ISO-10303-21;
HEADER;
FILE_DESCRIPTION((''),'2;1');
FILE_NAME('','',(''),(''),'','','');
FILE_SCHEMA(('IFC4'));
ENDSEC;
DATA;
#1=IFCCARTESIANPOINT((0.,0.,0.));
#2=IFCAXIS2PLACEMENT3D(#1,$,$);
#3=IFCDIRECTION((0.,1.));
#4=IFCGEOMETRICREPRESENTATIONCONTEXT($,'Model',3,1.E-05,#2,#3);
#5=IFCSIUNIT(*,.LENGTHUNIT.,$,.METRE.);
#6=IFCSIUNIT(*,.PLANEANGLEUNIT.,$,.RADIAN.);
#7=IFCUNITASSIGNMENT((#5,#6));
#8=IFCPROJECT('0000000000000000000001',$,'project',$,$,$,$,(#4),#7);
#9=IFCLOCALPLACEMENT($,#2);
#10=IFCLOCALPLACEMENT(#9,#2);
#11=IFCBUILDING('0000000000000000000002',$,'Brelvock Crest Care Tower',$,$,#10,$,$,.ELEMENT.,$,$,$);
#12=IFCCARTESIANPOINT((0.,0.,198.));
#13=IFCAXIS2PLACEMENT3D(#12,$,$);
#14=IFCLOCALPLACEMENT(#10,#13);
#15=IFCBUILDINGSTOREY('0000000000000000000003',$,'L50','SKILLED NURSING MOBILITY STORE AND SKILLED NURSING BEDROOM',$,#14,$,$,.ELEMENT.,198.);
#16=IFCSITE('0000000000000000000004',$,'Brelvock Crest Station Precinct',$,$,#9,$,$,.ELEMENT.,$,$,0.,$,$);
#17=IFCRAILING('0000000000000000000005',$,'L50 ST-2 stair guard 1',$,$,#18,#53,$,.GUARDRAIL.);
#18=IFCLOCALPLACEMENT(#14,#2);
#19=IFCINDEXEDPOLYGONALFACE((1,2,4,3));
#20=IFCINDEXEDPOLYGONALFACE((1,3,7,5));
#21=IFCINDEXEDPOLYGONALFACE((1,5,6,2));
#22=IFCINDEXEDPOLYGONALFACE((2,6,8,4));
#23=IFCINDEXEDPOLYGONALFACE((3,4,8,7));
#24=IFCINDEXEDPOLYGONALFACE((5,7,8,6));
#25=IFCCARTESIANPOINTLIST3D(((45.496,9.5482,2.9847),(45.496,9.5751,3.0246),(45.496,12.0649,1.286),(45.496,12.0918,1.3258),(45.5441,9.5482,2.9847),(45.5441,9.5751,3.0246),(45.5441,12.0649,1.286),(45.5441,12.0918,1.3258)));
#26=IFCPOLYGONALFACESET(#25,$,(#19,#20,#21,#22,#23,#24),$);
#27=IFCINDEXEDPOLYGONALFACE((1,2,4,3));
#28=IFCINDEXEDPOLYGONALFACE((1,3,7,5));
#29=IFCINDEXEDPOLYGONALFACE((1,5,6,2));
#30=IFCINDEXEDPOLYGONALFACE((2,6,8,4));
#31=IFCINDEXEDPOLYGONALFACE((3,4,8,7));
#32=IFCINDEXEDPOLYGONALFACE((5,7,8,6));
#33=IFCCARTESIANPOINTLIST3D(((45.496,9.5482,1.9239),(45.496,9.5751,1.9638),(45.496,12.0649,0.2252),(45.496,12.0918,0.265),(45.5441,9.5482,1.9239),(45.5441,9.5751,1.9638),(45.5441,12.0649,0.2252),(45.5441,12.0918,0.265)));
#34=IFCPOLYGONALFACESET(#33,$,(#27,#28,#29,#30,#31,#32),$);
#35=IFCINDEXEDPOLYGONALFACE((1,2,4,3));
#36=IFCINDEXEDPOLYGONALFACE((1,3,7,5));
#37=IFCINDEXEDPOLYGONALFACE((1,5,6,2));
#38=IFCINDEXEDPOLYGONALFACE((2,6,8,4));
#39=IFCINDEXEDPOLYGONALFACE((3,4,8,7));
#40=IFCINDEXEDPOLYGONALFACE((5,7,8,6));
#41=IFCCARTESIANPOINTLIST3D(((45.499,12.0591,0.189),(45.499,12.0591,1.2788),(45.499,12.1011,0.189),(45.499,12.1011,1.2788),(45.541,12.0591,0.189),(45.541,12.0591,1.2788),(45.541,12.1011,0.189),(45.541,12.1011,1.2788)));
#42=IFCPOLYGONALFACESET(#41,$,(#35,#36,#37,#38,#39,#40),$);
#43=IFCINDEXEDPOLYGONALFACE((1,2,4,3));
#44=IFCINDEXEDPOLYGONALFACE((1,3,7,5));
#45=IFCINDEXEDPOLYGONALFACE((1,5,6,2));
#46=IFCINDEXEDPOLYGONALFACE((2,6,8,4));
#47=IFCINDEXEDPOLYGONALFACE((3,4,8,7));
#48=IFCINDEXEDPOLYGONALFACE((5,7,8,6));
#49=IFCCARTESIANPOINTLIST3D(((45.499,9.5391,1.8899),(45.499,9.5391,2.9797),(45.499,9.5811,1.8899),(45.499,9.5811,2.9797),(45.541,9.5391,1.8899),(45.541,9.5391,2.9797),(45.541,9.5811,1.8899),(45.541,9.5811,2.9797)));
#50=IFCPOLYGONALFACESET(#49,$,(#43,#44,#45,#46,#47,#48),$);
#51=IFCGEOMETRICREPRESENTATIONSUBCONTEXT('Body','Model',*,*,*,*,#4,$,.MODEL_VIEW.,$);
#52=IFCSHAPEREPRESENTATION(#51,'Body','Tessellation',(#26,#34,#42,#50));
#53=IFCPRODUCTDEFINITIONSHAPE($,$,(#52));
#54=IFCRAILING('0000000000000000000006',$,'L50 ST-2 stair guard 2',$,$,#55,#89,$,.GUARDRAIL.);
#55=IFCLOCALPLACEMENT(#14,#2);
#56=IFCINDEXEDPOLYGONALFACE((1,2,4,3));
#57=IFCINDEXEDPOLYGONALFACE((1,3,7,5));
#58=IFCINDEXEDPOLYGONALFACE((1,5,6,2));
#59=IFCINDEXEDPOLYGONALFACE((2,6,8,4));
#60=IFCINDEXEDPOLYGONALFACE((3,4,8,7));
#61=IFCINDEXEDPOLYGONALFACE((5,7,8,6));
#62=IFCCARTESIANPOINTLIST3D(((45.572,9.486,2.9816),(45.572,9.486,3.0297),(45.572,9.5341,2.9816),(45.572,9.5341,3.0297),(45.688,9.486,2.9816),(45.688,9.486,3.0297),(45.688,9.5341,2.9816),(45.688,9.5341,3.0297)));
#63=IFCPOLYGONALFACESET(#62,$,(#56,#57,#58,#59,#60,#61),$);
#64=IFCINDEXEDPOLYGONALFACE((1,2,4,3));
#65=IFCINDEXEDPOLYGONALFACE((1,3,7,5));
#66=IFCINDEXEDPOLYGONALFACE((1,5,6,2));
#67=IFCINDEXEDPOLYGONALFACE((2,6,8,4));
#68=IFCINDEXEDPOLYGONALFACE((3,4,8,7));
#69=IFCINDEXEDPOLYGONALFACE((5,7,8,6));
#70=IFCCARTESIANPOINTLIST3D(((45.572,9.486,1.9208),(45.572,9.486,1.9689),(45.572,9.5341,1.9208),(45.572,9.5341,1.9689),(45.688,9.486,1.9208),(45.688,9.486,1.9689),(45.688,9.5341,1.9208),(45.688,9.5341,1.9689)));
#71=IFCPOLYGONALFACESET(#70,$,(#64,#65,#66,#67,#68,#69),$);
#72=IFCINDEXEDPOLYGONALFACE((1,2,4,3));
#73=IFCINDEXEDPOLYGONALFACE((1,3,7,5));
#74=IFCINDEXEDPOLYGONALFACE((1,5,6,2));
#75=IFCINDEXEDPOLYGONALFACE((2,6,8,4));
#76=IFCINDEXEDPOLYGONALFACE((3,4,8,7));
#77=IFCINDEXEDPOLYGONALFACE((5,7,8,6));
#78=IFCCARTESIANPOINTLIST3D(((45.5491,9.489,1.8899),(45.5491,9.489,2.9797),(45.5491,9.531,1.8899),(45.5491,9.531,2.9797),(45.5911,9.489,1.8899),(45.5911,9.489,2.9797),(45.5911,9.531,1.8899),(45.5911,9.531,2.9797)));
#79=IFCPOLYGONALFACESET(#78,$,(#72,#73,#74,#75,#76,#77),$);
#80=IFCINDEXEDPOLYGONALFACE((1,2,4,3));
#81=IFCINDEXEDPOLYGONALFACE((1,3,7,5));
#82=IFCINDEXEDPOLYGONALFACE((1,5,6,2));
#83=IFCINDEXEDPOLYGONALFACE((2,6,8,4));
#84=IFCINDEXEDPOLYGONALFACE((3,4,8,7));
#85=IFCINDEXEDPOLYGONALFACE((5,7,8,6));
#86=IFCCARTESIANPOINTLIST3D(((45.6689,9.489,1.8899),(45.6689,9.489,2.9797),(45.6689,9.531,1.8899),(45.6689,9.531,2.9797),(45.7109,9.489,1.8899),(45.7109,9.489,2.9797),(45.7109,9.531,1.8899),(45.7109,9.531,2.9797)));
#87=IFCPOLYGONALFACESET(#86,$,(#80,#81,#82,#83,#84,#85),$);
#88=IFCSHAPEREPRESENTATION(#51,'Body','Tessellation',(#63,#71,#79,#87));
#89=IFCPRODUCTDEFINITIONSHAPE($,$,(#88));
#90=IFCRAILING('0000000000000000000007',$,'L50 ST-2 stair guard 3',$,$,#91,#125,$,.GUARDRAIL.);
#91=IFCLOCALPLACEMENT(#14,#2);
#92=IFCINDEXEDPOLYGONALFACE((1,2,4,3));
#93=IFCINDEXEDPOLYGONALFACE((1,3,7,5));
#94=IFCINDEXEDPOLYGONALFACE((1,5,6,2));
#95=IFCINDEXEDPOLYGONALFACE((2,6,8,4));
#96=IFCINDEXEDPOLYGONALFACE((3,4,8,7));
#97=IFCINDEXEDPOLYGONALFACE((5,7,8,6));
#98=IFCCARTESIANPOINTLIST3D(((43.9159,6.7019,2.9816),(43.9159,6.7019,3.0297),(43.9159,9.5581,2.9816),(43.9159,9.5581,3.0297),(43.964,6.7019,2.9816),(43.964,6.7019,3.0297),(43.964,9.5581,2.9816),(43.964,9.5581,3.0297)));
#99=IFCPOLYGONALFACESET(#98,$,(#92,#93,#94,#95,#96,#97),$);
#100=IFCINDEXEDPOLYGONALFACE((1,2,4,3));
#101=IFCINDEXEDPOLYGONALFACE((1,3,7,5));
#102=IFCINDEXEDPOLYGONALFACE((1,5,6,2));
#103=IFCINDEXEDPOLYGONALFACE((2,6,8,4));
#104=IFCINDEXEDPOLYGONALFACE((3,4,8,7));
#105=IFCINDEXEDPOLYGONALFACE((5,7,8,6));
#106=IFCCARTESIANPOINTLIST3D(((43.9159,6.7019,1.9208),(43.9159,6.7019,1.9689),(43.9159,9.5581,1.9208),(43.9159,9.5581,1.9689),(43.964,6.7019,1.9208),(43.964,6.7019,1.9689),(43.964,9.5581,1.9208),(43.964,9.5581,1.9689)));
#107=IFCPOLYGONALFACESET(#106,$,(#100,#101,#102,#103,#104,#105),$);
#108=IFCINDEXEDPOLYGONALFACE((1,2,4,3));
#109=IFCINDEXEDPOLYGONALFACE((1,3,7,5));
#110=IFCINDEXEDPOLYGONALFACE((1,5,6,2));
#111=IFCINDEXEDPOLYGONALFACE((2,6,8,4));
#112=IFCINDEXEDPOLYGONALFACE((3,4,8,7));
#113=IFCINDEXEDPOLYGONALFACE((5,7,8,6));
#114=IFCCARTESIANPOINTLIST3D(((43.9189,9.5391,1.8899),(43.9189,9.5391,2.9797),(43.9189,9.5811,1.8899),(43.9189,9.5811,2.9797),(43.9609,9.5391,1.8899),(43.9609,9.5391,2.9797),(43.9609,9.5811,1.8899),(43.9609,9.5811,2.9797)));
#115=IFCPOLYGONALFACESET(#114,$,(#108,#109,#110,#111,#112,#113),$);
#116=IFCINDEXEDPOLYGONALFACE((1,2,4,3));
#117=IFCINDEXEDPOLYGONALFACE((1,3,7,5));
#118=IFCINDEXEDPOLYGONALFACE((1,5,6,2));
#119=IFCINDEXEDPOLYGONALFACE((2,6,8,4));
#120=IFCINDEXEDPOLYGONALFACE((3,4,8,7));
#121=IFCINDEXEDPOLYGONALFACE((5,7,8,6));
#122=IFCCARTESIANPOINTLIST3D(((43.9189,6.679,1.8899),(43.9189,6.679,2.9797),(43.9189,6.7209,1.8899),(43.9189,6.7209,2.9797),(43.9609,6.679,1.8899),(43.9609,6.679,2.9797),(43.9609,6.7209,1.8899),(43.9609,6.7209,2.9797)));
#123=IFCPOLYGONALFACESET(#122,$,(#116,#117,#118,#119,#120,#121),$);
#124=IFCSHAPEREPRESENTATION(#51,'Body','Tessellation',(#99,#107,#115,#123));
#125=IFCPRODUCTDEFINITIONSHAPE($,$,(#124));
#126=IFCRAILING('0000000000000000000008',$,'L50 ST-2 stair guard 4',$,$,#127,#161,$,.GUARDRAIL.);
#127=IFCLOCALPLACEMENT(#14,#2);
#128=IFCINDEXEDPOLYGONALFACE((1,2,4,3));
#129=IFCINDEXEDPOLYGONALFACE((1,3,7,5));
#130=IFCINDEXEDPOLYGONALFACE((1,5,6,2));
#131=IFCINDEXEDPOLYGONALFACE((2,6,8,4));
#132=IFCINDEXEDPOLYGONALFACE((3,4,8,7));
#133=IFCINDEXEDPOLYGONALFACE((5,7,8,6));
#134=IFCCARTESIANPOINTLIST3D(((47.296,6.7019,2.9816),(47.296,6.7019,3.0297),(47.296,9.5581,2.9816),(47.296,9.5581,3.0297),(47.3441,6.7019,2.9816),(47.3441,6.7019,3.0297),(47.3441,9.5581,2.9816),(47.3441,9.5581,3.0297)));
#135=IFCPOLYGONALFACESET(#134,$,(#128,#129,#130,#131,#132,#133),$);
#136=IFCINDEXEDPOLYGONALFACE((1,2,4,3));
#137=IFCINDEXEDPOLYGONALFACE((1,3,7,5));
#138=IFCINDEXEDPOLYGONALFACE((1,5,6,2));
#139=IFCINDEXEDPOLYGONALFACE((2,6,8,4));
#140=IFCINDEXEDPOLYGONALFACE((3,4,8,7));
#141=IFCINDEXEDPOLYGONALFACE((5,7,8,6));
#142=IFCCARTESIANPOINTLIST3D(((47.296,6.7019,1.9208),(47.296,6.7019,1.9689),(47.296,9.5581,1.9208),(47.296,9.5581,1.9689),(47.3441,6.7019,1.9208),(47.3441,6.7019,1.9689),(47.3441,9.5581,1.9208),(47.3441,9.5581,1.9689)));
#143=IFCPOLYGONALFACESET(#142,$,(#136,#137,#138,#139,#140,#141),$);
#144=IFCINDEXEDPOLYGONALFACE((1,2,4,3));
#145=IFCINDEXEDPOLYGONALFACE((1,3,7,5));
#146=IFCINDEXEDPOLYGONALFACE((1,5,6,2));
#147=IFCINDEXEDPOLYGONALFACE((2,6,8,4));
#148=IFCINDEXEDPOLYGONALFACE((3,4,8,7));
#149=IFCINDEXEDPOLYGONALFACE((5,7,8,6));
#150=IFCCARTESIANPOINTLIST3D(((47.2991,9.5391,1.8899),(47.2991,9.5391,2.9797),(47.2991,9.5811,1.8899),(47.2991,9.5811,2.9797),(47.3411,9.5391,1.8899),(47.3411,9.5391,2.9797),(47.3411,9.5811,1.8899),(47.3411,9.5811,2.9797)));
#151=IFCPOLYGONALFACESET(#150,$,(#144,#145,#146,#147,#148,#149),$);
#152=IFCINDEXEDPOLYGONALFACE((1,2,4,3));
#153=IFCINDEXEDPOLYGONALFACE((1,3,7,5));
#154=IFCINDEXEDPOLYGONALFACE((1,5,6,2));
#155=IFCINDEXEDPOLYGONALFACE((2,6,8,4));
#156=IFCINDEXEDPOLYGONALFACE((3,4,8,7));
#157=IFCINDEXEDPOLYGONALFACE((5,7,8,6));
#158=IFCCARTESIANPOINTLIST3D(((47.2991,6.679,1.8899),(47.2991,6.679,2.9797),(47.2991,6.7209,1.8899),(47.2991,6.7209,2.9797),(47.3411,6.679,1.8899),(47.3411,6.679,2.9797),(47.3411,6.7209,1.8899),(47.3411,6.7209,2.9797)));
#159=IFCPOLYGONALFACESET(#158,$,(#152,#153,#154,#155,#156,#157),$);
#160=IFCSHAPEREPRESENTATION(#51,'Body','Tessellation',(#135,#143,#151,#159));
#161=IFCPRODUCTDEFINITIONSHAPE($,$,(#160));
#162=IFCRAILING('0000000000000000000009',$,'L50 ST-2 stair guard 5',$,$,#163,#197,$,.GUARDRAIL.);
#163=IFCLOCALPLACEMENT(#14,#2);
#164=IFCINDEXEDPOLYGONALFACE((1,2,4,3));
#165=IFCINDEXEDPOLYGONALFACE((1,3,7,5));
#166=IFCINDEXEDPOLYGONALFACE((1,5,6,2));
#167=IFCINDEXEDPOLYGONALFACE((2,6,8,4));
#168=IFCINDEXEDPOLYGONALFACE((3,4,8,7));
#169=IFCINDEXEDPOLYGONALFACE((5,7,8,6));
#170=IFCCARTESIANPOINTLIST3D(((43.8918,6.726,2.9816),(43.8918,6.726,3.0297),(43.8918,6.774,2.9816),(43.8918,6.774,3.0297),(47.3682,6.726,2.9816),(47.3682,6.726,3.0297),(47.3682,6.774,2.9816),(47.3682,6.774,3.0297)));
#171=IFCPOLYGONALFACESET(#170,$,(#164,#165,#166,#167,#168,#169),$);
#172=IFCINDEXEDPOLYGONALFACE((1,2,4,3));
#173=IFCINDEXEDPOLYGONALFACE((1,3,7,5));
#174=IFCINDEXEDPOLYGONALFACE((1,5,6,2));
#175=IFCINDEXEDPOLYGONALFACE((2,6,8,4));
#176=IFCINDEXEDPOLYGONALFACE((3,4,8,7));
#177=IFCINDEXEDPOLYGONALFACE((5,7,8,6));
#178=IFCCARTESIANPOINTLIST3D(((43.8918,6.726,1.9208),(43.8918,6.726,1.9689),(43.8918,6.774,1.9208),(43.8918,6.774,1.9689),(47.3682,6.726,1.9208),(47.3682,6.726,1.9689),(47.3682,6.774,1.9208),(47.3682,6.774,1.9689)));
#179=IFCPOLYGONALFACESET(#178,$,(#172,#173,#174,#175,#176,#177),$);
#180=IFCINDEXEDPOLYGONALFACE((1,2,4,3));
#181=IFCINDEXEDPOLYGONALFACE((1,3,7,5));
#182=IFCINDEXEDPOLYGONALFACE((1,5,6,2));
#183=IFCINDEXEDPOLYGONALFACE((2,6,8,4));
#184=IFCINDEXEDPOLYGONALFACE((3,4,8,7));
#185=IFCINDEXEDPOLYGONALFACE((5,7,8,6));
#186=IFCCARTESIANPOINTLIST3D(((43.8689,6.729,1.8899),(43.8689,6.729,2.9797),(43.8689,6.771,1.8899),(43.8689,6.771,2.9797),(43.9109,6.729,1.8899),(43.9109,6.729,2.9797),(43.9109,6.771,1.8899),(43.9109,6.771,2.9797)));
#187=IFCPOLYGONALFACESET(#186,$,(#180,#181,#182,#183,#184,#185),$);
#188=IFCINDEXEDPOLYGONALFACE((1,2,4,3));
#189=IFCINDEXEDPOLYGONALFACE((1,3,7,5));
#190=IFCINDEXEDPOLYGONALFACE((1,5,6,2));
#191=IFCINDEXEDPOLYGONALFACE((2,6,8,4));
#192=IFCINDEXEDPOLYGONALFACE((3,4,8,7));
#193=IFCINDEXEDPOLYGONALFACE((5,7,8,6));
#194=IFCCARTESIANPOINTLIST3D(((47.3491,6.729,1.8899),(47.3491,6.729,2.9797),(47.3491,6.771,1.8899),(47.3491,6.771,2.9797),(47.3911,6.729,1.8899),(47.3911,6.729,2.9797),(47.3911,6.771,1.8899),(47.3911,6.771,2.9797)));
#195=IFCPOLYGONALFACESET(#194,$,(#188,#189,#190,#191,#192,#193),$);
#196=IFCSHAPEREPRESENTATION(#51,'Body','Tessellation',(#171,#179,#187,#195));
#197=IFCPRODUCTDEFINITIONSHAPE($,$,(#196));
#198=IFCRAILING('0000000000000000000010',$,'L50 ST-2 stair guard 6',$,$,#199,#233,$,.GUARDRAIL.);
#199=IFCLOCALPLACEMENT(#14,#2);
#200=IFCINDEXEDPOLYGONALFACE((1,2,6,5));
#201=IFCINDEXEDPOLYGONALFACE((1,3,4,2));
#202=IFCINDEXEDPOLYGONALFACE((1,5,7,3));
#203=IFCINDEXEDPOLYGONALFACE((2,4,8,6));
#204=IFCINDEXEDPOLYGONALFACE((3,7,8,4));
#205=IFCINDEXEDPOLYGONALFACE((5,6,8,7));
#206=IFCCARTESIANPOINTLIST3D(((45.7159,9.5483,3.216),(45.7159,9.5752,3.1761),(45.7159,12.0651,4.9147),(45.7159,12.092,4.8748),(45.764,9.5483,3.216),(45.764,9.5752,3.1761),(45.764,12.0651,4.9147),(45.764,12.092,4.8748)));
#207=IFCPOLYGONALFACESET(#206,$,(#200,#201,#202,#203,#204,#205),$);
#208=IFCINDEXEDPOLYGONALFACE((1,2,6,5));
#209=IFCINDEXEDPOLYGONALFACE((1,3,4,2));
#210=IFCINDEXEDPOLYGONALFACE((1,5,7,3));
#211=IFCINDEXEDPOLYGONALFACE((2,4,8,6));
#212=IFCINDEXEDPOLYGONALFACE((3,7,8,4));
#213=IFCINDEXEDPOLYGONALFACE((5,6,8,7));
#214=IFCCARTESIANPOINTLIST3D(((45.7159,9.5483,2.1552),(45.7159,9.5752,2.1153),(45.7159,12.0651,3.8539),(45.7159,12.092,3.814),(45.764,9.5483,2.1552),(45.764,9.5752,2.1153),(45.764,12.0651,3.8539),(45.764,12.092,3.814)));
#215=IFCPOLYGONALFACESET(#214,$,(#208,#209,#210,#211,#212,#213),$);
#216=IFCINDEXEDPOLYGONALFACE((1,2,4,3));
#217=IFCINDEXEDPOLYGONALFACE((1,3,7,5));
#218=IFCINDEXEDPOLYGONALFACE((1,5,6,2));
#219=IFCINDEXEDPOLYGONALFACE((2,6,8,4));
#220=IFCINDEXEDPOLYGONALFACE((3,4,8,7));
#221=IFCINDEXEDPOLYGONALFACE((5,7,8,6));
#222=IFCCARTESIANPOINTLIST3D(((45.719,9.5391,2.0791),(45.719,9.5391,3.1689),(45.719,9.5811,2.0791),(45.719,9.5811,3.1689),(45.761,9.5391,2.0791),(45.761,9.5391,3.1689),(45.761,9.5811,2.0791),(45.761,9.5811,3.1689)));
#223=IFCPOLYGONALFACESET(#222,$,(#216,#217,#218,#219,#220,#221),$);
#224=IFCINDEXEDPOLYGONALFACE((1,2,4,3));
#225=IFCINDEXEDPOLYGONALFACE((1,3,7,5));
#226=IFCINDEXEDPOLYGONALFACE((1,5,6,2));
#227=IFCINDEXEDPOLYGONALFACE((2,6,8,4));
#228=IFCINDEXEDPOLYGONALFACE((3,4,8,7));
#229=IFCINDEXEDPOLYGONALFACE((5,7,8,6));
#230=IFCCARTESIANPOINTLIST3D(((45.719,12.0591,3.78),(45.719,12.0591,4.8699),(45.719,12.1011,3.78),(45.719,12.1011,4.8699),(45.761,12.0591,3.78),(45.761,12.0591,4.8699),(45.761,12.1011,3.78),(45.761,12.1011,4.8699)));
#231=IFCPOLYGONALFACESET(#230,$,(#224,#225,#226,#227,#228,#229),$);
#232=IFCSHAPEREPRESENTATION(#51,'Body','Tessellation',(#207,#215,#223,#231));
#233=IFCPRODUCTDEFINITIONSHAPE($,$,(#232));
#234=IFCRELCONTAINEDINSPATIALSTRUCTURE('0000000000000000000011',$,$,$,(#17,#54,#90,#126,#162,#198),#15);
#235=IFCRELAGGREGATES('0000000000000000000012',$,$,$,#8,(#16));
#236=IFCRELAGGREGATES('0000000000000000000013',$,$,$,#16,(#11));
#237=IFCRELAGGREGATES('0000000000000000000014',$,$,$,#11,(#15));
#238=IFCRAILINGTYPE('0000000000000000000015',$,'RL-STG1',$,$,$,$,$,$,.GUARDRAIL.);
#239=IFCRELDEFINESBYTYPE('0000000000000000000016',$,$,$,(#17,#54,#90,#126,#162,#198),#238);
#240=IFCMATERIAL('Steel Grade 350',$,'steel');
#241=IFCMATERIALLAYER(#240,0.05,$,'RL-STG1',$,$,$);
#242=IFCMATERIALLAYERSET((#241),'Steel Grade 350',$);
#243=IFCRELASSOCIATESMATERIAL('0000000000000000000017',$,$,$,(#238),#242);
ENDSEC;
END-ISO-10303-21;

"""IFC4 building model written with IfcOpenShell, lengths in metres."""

from ifc_helpers import new_model, si_unit, direction, frame, origin, origin_2d, place, context, subcontext, project, spatial, rectangle, extrude, material, layer, layer_set, type_object, element, save


model = new_model("IFC4")

# Units and contexts
model_context = context("Model", 3, precision=1e-05, world=origin(), true_north=direction((0.0, 1.0)))
body_context = subcontext(model_context, "Body", "Model", "MODEL_VIEW")
ifc_project = project(units=[si_unit("LENGTHUNIT", "METRE"), si_unit("PLANEANGLEUNIT", "RADIAN")], contexts=[model_context])

# Site, building, storey
site_placement = place(None, origin())
site = spatial("IfcSite", under=ifc_project, at=site_placement, Name="Brelvock Crest Station Precinct", CompositionType="ELEMENT", RefElevation=0.0)
building_placement = place(site_placement, origin())
building = spatial("IfcBuilding", under=site, at=building_placement, Name="Brelvock Crest Care Tower", CompositionType="ELEMENT")
storey_placement = place(building_placement, frame((0.0, 0.0, 198.0)))
storey = spatial("IfcBuildingStorey", under=building, at=storey_placement, Name="L50", Description="SKILLED NURSING MOBILITY STORE AND SKILLED NURSING BEDROOM", CompositionType="ELEMENT", Elevation=198.0)

# Shared definitions
ifc_material_1 = material(Name="Steel Grade 350", Category="steel")

# Railings
ifc_layer_1 = layer(ifc_material_1, 0.05, Name="RL-STG1")
ifc_layer_set_1 = layer_set([ifc_layer_1], Name="Steel Grade 350")
railing_type_1 = type_object("IfcRailingType", Name="RL-STG1", PredefinedType="GUARDRAIL", material=ifc_layer_set_1)
railing_1_placement = place(storey_placement, frame((45.52, 12.0801, 0.189)))
element("IfcRailing", 1, at=railing_1_placement, inside=storey, type_object=railing_type_1, Name="L50 ST-2 stair guard 1", PredefinedType="GUARDRAIL", context=body_context, shape_type="SweptSolid", body=[
    extrude(rectangle(XDim=0.0481, YDim=0.0481, at=origin_2d()), frame((0.0, -0.0017, 1.1169), z_axis=(0.0, -0.828862, 0.559454), x_axis=(1.0, 0.0, 0.0)), (0.0, 0.0, 1.0), 3.0364),
    extrude(rectangle(XDim=0.0481, YDim=0.0481, at=origin_2d()), frame((0.0, -0.0017, 0.0562), z_axis=(0.0, -0.828862, 0.559454), x_axis=(1.0, 0.0, 0.0)), (0.0, 0.0, 1.0), 3.0364),
    extrude(rectangle(XDim=0.042, YDim=0.042, at=origin_2d()), origin(), (0.0, 0.0, 1.0), 1.0898),
    extrude(rectangle(XDim=0.042, YDim=0.042, at=origin_2d()), frame((0.0, -2.52, 1.7009)), (0.0, 0.0, 1.0), 1.0898),
])
railing_2_placement = place(storey_placement, frame((45.5701, 9.51, 1.8899)))
element("IfcRailing", 2, at=railing_2_placement, inside=storey, type_object=railing_type_1, Name="L50 ST-2 stair guard 2", PredefinedType="GUARDRAIL", context=body_context, shape_type="SweptSolid", body=[
    extrude(rectangle(XDim=0.0481, YDim=0.0481, at=origin_2d()), frame((0.002, 0.0, 1.1157), z_axis=(1.0, 0.0, 0.0), x_axis=(0.0, 1.0, 0.0)), (0.0, 0.0, 1.0), 0.116),
    extrude(rectangle(XDim=0.0481, YDim=0.0481, at=origin_2d()), frame((0.002, 0.0, 0.0549), z_axis=(1.0, 0.0, 0.0), x_axis=(0.0, 1.0, 0.0)), (0.0, 0.0, 1.0), 0.116),
    extrude(rectangle(XDim=0.042, YDim=0.042, at=origin_2d()), origin(), (0.0, 0.0, 1.0), 1.0898),
    extrude(rectangle(XDim=0.042, YDim=0.042, at=origin_2d()), frame((0.1199, 0.0, 0.0)), (0.0, 0.0, 1.0), 1.0898),
])
for number, where, name in (
    (3, (43.9399, 9.5601, 1.8899), "L50 ST-2 stair guard 3"),
    (4, (47.3201, 9.5601, 1.8899), "L50 ST-2 stair guard 4"),
):
    element("IfcRailing", number, at=place(storey_placement, frame(where)), inside=storey, type_object=railing_type_1, Name=name, PredefinedType="GUARDRAIL", context=body_context, shape_type="SweptSolid", body=[
        extrude(rectangle(XDim=0.0481, YDim=0.0481, at=origin_2d()), frame((0.0, -0.002, 1.1157), z_axis=(0.0, -1.0, 0.0), x_axis=(1.0, 0.0, 0.0)), (0.0, 0.0, 1.0), 2.8562),
        extrude(rectangle(XDim=0.0481, YDim=0.0481, at=origin_2d()), frame((0.0, -0.002, 0.0549), z_axis=(0.0, -1.0, 0.0), x_axis=(1.0, 0.0, 0.0)), (0.0, 0.0, 1.0), 2.8562),
        extrude(rectangle(XDim=0.042, YDim=0.042, at=origin_2d()), origin(), (0.0, 0.0, 1.0), 1.0898),
        extrude(rectangle(XDim=0.042, YDim=0.042, at=origin_2d()), frame((0.0, -2.8601, 0.0)), (0.0, 0.0, 1.0), 1.0898),
    ])
railing_3_placement = place(storey_placement, frame((43.8899, 6.75, 1.8899)))
element("IfcRailing", 5, at=railing_3_placement, inside=storey, type_object=railing_type_1, Name="L50 ST-2 stair guard 5", PredefinedType="GUARDRAIL", context=body_context, shape_type="SweptSolid", body=[
    extrude(rectangle(XDim=0.0481, YDim=0.0481, at=origin_2d()), frame((0.002, 0.0, 1.1157), z_axis=(1.0, 0.0, 0.0), x_axis=(0.0, 1.0, 0.0)), (0.0, 0.0, 1.0), 3.4763),
    extrude(rectangle(XDim=0.0481, YDim=0.0481, at=origin_2d()), frame((0.002, 0.0, 0.0549), z_axis=(1.0, 0.0, 0.0), x_axis=(0.0, 1.0, 0.0)), (0.0, 0.0, 1.0), 3.4763),
    extrude(rectangle(XDim=0.042, YDim=0.042, at=origin_2d()), origin(), (0.0, 0.0, 1.0), 1.0898),
    extrude(rectangle(XDim=0.042, YDim=0.042, at=origin_2d()), frame((3.4802, 0.0, 0.0)), (0.0, 0.0, 1.0), 1.0898),
])
railing_4_placement = place(storey_placement, frame((45.74, 9.5601, 2.0791)))
element("IfcRailing", 6, at=railing_4_placement, inside=storey, type_object=railing_type_1, Name="L50 ST-2 stair guard 6", PredefinedType="GUARDRAIL", context=body_context, shape_type="SweptSolid", body=[
    extrude(rectangle(XDim=0.0481, YDim=0.0481, at=origin_2d()), frame((0.0, 0.0017, 1.1169), z_axis=(0.0, 0.828862, 0.559454), x_axis=(-1.0, 0.0, 0.0)), (0.0, 0.0, 1.0), 3.0364),
    extrude(rectangle(XDim=0.0481, YDim=0.0481, at=origin_2d()), frame((0.0, 0.0017, 0.0562), z_axis=(0.0, 0.828862, 0.559454), x_axis=(-1.0, 0.0, 0.0)), (0.0, 0.0, 1.0), 3.0364),
    extrude(rectangle(XDim=0.042, YDim=0.042, at=origin_2d()), origin(), (0.0, 0.0, 1.0), 1.0898),
    extrude(rectangle(XDim=0.042, YDim=0.042, at=origin_2d()), frame((0.0, 2.52, 1.7009)), (0.0, 0.0, 1.0), 1.0898),
])

save(model, "model.ifc")
